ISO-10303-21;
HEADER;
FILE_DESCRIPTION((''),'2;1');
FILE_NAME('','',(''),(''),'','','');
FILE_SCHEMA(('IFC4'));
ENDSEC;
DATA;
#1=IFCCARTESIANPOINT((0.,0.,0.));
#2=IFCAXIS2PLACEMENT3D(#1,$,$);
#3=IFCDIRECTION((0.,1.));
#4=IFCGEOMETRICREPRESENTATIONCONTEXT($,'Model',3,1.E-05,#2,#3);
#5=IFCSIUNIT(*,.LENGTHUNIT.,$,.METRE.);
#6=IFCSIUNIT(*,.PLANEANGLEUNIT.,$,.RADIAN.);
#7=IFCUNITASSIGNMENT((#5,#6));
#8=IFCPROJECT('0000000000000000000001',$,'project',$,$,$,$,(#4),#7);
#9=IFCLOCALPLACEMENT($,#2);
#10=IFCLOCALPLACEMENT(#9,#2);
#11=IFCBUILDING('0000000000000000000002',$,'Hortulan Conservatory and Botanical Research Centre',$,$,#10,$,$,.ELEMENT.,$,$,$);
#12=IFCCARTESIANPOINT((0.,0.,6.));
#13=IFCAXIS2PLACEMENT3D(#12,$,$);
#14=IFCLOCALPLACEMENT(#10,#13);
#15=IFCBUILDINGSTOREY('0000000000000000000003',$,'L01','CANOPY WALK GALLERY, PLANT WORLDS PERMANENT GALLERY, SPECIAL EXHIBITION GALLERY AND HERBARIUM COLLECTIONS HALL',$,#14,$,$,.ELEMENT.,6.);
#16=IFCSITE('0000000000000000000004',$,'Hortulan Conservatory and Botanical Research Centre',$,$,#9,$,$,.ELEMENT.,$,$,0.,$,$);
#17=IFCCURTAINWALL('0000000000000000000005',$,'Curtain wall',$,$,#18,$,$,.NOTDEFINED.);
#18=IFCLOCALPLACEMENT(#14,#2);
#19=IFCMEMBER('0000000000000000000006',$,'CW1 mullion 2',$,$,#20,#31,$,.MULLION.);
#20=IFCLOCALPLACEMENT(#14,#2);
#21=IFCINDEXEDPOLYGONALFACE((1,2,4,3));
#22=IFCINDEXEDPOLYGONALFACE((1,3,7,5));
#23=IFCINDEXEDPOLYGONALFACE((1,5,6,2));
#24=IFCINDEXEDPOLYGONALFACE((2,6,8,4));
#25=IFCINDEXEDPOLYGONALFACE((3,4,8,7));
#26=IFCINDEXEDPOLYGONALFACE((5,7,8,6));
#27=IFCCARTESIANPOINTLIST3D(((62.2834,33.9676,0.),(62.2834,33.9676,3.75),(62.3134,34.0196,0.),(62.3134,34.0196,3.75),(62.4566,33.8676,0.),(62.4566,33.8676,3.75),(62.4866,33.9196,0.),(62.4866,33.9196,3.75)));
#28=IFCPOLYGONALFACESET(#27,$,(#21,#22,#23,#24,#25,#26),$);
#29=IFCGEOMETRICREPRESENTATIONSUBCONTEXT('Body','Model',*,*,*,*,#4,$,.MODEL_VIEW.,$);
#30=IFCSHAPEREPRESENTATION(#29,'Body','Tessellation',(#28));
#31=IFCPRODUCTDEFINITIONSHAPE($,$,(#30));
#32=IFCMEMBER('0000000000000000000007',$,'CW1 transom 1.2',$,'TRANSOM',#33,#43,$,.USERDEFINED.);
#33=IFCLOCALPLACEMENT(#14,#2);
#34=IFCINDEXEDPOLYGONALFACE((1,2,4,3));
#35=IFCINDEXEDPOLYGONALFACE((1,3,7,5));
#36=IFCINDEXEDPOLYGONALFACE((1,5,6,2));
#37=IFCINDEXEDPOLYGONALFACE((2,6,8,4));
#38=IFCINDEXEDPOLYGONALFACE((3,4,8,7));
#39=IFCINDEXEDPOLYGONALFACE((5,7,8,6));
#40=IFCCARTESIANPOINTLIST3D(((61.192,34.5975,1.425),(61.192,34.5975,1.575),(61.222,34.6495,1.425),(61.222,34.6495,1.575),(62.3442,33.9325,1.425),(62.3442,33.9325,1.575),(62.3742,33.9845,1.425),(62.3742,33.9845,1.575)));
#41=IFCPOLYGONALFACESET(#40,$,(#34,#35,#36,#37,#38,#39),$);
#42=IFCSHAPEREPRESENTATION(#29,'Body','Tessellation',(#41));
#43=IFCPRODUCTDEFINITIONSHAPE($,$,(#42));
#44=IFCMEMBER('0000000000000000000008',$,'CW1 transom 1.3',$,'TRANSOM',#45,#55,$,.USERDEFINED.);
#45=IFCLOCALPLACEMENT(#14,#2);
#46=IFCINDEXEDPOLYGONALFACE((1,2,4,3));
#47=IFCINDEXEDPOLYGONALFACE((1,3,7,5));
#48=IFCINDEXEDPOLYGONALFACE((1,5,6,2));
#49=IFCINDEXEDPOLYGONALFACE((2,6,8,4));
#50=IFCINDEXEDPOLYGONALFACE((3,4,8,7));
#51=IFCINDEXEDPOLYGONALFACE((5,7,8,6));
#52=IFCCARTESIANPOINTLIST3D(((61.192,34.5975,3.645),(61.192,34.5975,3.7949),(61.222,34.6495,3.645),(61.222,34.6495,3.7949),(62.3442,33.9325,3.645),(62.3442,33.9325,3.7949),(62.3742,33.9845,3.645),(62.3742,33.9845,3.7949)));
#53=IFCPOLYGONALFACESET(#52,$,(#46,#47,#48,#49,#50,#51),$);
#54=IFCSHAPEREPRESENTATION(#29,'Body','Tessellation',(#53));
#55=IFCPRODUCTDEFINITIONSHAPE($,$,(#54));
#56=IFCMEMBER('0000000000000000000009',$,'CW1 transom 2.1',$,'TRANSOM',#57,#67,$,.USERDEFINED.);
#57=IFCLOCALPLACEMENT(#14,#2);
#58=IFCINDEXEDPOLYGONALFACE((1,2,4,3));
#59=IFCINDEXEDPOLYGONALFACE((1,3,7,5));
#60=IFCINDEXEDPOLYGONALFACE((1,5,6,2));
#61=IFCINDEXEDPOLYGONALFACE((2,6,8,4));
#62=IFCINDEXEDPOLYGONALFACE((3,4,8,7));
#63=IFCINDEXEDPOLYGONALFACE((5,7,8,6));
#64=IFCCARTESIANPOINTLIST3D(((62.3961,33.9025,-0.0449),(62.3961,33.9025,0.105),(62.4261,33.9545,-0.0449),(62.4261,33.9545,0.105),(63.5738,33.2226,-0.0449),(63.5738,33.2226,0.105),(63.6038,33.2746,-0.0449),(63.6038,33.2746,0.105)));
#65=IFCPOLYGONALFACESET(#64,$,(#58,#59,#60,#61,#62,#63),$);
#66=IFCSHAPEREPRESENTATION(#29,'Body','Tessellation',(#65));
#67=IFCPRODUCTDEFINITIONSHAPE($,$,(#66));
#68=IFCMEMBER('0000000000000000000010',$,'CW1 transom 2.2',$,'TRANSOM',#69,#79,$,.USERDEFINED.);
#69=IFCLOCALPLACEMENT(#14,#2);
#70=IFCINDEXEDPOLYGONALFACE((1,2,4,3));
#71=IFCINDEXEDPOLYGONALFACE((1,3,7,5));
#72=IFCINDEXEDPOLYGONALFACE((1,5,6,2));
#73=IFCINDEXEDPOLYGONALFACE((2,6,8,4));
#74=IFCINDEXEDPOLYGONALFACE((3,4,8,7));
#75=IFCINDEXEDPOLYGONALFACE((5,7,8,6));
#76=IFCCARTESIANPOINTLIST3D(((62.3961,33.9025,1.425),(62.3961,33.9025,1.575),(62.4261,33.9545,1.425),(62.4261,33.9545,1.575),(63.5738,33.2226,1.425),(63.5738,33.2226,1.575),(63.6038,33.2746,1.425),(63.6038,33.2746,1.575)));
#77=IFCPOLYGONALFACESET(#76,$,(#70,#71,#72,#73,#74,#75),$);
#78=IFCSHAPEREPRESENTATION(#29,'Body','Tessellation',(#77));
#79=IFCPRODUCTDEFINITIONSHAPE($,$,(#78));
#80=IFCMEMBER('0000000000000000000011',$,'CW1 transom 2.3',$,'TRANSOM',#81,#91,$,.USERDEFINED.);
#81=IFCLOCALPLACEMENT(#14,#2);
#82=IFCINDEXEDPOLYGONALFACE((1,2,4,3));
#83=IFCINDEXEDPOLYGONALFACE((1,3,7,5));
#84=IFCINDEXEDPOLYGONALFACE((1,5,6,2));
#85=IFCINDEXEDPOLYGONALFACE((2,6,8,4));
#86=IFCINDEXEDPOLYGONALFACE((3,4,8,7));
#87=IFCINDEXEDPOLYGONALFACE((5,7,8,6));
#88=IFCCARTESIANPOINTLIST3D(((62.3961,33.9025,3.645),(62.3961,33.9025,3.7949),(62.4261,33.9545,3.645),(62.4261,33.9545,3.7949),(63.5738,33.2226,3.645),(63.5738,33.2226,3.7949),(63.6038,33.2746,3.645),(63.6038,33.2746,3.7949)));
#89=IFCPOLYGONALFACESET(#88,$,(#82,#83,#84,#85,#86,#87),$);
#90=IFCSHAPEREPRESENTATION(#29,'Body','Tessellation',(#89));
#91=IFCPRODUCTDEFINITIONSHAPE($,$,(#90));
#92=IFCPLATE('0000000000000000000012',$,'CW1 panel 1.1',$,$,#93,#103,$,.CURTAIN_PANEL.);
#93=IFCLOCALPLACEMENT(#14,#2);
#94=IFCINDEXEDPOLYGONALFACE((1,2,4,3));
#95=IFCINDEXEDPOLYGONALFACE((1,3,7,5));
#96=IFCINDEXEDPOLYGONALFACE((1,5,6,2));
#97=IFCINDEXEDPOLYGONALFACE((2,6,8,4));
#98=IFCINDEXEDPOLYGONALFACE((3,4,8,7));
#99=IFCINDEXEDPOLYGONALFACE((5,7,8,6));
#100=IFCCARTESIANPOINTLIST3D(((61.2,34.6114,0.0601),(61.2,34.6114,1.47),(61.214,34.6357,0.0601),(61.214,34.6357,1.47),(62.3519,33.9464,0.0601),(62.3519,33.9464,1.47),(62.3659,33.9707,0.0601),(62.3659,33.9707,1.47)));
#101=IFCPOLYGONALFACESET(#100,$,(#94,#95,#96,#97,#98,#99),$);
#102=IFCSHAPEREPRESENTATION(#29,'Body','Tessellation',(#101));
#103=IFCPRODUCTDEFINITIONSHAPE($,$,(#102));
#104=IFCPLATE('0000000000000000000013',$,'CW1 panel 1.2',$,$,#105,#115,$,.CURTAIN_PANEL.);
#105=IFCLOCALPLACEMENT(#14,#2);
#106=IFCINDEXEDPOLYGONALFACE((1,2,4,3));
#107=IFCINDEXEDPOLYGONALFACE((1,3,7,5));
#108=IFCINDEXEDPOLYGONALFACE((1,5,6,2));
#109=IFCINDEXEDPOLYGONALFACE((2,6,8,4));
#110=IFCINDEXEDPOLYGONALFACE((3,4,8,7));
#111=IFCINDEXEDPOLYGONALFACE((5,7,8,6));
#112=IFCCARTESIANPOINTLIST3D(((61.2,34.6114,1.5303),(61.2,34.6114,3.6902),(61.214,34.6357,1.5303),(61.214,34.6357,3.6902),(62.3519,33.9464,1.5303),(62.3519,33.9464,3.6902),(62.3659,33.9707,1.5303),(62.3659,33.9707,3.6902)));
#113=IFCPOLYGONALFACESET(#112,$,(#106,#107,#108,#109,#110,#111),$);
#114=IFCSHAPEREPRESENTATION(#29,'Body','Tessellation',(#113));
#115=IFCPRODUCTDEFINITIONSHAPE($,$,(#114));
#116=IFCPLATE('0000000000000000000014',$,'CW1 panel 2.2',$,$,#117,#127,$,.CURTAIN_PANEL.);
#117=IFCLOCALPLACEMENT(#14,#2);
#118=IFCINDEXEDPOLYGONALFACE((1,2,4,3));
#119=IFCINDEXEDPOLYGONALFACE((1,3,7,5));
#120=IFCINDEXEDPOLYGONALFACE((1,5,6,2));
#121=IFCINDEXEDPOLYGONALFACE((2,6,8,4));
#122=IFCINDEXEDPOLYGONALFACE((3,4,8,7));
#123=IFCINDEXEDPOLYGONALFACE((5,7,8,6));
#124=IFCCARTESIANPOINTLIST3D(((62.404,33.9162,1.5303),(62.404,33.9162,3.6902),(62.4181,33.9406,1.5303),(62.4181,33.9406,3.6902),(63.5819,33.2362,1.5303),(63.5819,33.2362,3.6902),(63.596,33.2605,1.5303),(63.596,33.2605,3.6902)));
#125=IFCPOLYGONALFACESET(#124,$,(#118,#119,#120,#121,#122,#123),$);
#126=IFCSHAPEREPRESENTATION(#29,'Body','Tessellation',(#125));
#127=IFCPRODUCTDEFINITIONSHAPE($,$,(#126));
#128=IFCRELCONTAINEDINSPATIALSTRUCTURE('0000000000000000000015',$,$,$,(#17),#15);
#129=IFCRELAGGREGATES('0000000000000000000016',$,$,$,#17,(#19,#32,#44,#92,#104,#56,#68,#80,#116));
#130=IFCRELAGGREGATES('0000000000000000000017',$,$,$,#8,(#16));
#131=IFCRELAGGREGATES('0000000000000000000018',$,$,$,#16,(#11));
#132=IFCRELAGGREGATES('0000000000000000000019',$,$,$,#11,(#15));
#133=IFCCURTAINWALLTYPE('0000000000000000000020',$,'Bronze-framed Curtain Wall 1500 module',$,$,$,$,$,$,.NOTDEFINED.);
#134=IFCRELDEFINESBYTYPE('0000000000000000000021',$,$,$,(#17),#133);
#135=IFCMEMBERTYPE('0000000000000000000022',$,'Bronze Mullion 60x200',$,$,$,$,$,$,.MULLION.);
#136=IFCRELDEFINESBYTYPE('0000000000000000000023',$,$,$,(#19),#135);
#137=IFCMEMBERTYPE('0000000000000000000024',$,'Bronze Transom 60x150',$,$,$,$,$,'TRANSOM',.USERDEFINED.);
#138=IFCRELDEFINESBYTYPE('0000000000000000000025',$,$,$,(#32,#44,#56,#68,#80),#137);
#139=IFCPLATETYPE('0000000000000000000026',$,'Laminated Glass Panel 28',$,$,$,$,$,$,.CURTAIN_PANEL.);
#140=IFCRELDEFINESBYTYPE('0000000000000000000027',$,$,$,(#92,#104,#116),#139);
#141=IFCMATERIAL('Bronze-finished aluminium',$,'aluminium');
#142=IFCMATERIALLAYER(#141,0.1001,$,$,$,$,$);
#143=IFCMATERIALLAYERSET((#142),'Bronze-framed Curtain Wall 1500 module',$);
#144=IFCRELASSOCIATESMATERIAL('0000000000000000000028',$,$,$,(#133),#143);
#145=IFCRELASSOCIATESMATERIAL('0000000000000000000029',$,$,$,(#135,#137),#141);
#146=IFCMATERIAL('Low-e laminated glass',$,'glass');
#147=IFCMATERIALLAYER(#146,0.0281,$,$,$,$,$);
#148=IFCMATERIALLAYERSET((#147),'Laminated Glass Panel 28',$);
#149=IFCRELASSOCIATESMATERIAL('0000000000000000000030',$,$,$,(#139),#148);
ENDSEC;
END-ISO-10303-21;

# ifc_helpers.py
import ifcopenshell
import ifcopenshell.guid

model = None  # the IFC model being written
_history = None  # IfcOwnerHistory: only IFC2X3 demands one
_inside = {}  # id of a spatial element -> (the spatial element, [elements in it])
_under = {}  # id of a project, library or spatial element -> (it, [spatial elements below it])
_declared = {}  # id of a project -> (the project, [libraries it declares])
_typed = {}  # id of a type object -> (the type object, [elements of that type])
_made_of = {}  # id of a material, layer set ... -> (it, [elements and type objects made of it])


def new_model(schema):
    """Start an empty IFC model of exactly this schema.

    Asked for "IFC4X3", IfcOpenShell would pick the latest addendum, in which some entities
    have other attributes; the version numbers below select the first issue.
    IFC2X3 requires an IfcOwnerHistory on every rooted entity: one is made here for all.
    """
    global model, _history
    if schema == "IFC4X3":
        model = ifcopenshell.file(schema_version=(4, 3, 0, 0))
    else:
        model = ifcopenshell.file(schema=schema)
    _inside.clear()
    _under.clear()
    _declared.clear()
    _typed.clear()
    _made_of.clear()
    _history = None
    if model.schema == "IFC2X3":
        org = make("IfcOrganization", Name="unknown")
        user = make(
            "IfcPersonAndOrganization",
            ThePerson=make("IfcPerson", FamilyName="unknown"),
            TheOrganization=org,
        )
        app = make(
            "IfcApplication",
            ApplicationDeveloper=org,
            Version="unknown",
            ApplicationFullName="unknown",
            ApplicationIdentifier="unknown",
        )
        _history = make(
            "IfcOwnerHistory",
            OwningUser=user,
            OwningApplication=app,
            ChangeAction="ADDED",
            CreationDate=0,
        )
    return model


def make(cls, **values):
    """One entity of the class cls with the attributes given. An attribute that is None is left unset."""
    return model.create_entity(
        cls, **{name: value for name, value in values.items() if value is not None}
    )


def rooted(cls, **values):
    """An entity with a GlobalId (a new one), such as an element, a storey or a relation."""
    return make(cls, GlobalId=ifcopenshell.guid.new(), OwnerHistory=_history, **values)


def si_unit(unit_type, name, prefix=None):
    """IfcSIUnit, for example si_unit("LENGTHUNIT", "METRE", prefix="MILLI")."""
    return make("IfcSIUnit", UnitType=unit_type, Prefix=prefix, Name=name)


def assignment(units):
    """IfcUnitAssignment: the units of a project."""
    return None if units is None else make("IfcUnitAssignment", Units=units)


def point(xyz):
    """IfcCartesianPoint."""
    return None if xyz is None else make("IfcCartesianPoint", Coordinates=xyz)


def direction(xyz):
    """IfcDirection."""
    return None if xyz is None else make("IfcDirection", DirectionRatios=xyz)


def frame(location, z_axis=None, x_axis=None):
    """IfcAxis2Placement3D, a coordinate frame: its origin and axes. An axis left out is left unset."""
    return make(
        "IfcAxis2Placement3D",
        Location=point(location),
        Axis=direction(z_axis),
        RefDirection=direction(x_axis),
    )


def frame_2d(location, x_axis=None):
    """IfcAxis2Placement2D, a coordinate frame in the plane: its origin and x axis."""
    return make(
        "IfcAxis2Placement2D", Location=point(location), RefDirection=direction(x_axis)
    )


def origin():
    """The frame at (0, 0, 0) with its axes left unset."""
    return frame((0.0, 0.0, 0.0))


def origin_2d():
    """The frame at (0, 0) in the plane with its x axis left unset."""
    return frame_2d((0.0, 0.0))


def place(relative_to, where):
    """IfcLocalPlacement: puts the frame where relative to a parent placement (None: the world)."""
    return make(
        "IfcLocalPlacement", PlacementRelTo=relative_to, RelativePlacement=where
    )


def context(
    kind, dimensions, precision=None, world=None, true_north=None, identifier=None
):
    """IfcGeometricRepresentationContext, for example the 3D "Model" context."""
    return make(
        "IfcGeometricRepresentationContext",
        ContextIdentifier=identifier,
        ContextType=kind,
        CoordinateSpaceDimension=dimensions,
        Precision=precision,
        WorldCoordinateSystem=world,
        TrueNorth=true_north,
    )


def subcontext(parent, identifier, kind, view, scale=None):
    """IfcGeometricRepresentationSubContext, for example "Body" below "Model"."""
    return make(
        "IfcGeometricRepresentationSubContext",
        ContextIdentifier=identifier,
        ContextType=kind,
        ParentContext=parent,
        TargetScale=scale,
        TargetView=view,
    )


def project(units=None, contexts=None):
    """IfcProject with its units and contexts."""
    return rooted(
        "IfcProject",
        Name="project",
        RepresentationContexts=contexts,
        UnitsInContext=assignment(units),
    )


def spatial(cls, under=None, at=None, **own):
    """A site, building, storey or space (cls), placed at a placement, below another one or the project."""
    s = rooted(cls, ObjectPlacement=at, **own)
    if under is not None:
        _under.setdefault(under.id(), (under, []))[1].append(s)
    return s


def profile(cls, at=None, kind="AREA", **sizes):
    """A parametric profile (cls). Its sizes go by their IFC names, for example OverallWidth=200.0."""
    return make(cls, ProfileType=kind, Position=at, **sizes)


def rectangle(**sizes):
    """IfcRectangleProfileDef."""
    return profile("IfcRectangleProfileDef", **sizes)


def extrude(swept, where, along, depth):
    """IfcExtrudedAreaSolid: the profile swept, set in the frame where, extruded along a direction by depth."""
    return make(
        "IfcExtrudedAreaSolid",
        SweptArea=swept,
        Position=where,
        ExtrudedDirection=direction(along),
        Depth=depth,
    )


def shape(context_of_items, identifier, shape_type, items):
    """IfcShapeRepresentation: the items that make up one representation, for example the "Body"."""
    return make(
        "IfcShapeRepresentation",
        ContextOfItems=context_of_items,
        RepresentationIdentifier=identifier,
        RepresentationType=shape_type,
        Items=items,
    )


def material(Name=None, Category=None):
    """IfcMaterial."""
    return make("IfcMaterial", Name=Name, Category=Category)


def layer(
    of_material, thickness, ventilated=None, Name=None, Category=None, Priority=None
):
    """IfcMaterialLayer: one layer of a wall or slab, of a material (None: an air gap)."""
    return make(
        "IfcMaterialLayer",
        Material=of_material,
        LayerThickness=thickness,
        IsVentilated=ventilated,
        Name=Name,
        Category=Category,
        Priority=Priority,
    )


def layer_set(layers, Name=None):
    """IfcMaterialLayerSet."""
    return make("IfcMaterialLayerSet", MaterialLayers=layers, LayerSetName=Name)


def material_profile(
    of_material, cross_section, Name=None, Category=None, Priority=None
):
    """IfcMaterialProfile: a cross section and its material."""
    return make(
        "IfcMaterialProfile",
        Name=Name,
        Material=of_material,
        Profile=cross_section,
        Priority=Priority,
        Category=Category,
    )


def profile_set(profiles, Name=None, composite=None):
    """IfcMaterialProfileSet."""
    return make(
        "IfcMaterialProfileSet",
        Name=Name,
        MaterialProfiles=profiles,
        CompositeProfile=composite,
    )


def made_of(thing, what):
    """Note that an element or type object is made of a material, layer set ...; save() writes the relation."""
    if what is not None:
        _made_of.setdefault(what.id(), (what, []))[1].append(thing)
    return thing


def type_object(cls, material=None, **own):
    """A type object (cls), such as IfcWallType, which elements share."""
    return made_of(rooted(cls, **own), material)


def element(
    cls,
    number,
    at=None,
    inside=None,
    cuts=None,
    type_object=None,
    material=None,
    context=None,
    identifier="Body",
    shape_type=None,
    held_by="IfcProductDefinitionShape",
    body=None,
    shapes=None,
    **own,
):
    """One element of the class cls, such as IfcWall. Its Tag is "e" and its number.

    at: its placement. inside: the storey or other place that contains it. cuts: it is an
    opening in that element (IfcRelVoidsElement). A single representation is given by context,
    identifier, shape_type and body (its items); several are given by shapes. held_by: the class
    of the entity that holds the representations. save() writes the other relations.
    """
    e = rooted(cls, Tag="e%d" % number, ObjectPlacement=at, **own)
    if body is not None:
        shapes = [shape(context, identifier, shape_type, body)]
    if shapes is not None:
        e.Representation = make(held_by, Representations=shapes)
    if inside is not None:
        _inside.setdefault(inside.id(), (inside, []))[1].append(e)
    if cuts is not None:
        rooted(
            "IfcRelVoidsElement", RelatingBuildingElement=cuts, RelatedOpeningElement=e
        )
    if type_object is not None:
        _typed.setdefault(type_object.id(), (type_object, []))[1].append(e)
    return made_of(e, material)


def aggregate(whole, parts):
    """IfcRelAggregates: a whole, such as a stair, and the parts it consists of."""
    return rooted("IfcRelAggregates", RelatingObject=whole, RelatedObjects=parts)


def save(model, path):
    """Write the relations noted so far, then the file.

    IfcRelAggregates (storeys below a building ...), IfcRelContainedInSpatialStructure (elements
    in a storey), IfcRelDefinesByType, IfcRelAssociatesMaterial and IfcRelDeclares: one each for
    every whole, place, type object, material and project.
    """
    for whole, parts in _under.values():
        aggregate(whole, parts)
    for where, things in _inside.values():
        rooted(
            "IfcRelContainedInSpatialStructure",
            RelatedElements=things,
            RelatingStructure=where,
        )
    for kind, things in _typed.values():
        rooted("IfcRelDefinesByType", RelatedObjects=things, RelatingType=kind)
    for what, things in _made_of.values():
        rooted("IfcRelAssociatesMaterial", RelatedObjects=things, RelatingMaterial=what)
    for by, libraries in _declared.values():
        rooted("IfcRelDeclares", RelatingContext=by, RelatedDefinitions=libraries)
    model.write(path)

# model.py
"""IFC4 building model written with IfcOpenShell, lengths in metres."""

from ifc_helpers import new_model, si_unit, direction, frame, origin, origin_2d, place, context, subcontext, project, spatial, rectangle, extrude, material, layer, layer_set, material_profile, profile_set, type_object, element, aggregate, save


model = new_model("IFC4")

# Units and contexts
model_context = context("Model", 3, precision=1e-05, world=origin(), true_north=direction((0.0, 1.0)))
body_context = subcontext(model_context, "Body", "Model", "MODEL_VIEW")
ifc_project = project(units=[si_unit("LENGTHUNIT", "METRE"), si_unit("PLANEANGLEUNIT", "RADIAN")], contexts=[model_context])

# Site, building, storey
site_placement = place(None, origin())
site = spatial("IfcSite", under=ifc_project, at=site_placement, Name="Hortulan Conservatory and Botanical Research Centre", CompositionType="ELEMENT", RefElevation=0.0)
building_placement = place(site_placement, origin())
building = spatial("IfcBuilding", under=site, at=building_placement, Name="Hortulan Conservatory and Botanical Research Centre", CompositionType="ELEMENT")
storey_placement = place(building_placement, frame((0.0, 0.0, 6.0)))
storey = spatial("IfcBuildingStorey", under=building, at=storey_placement, Name="L01", Description="CANOPY WALK GALLERY, PLANT WORLDS PERMANENT GALLERY, SPECIAL EXHIBITION GALLERY AND HERBARIUM COLLECTIONS HALL", CompositionType="ELEMENT", Elevation=6.0)

# Curtain wall, members, plates
ifc_material_1 = material(Name="Bronze-finished aluminium", Category="aluminium")
ifc_layer_1 = layer(ifc_material_1, 0.1001)
ifc_layer_set_1 = layer_set([ifc_layer_1], Name="Bronze-framed Curtain Wall 1500 module")
curtain_wall_type = type_object("IfcCurtainWallType", Name="Bronze-framed Curtain Wall 1500 module", PredefinedType="NOTDEFINED", material=ifc_layer_set_1)
curtain_wall_placement = place(storey_placement, origin())
curtain_wall = element("IfcCurtainWall", 1, at=curtain_wall_placement, inside=storey, type_object=curtain_wall_type, Name="Curtain wall", PredefinedType="NOTDEFINED")
ifc_material_profile_1 = material_profile(ifc_material_1, rectangle(XDim=0.0601, YDim=0.2, at=origin_2d()), Name="Bronze Mullion 60x200")
ifc_profile_set_1 = profile_set([ifc_material_profile_1], Name="Bronze-finished aluminium")
member_type_1 = type_object("IfcMemberType", Name="Bronze Mullion 60x200", PredefinedType="MULLION", material=ifc_profile_set_1)
member_1_placement = place(storey_placement, frame((62.385, 33.9436, 0.0), z_axis=(0.0, 0.0, 1.0), x_axis=(0.499981, 0.866036, 0.0)))
member_1 = element("IfcMember", 2, at=member_1_placement, type_object=member_type_1, Name="CW1 mullion 2", PredefinedType="MULLION", context=body_context, shape_type="SweptSolid", body=[
    extrude(rectangle(XDim=0.0601, YDim=0.2, at=origin_2d()), origin(), (0.0, 0.0, 1.0), 3.75),
])
ifc_material_profile_2 = material_profile(ifc_material_1, rectangle(XDim=0.0601, YDim=0.1499, at=origin_2d()), Name="Bronze Transom 60x150")
ifc_profile_set_2 = profile_set([ifc_material_profile_2], Name="Bronze-finished aluminium")
member_type_2 = type_object("IfcMemberType", Name="Bronze Transom 60x150", ElementType="TRANSOM", PredefinedType="USERDEFINED", material=ifc_profile_set_2)
member_2_placement = place(storey_placement, frame((61.207, 34.6235, 1.5), z_axis=(0.866066, -0.499929, 0.0), x_axis=(0.499929, 0.866066, 0.0)))
member_2 = element("IfcMember", 3, at=member_2_placement, type_object=member_type_2, Name="CW1 transom 1.2", ObjectType="TRANSOM", PredefinedType="USERDEFINED", context=body_context, shape_type="SweptSolid", body=[
    extrude(rectangle(XDim=0.0601, YDim=0.1499, at=origin_2d()), origin(), (0.0, 0.0, 1.0), 1.3303),
])
member_3_placement = place(storey_placement, frame((61.207, 34.6235, 3.72), z_axis=(0.866066, -0.499929, 0.0), x_axis=(0.499929, 0.866066, 0.0)))
member_3 = element("IfcMember", 4, at=member_3_placement, type_object=member_type_2, Name="CW1 transom 1.3", ObjectType="TRANSOM", PredefinedType="USERDEFINED", context=body_context, shape_type="SweptSolid", body=[
    extrude(rectangle(XDim=0.0601, YDim=0.1499, at=origin_2d()), origin(), (0.0, 0.0, 1.0), 1.3303),
])
member_4_placement = place(storey_placement, frame((62.4111, 33.9285, 0.03), z_axis=(0.866036, -0.499981, 0.0), x_axis=(0.499981, 0.866036, 0.0)))
member_4 = element("IfcMember", 5, at=member_4_placement, type_object=member_type_2, Name="CW1 transom 2.1", ObjectType="TRANSOM", PredefinedType="USERDEFINED", context=body_context, shape_type="SweptSolid", body=[
    extrude(rectangle(XDim=0.0601, YDim=0.1499, at=origin_2d()), origin(), (0.0, 0.0, 1.0), 1.3599),
])
member_5_placement = place(storey_placement, frame((62.4111, 33.9285, 1.5), z_axis=(0.866036, -0.499981, 0.0), x_axis=(0.499981, 0.866036, 0.0)))
member_5 = element("IfcMember", 6, at=member_5_placement, type_object=member_type_2, Name="CW1 transom 2.2", ObjectType="TRANSOM", PredefinedType="USERDEFINED", context=body_context, shape_type="SweptSolid", body=[
    extrude(rectangle(XDim=0.0601, YDim=0.1499, at=origin_2d()), origin(), (0.0, 0.0, 1.0), 1.3599),
])
member_6_placement = place(storey_placement, frame((62.4111, 33.9285, 3.72), z_axis=(0.866036, -0.499981, 0.0), x_axis=(0.499981, 0.866036, 0.0)))
member_6 = element("IfcMember", 7, at=member_6_placement, type_object=member_type_2, Name="CW1 transom 2.3", ObjectType="TRANSOM", PredefinedType="USERDEFINED", context=body_context, shape_type="SweptSolid", body=[
    extrude(rectangle(XDim=0.0601, YDim=0.1499, at=origin_2d()), origin(), (0.0, 0.0, 1.0), 1.3599),
])
ifc_material_2 = material(Name="Low-e laminated glass", Category="glass")
ifc_layer_2 = layer(ifc_material_2, 0.0281)
ifc_layer_set_2 = layer_set([ifc_layer_2], Name="Laminated Glass Panel 28")
plate_type = type_object("IfcPlateType", Name="Laminated Glass Panel 28", PredefinedType="CURTAIN_PANEL", material=ifc_layer_set_2)
plate_1_placement = place(storey_placement, frame((61.783, 34.291, 0.0601), z_axis=(0.0, 0.0, 1.0), x_axis=(0.866036, -0.499981, 0.0)))
plate_1 = element("IfcPlate", 8, at=plate_1_placement, type_object=plate_type, Name="CW1 panel 1.1", PredefinedType="CURTAIN_PANEL", context=body_context, shape_type="SweptSolid", body=[
    extrude(rectangle(XDim=1.3301, YDim=0.0281, at=origin_2d()), origin(), (0.0, 0.0, 1.0), 1.4099),
])
plate_2_placement = place(storey_placement, frame((61.783, 34.291, 1.5303), z_axis=(0.0, 0.0, 1.0), x_axis=(0.866036, -0.499981, 0.0)))
plate_2 = element("IfcPlate", 9, at=plate_2_placement, type_object=plate_type, Name="CW1 panel 1.2", PredefinedType="CURTAIN_PANEL", context=body_context, shape_type="SweptSolid", body=[
    extrude(rectangle(XDim=1.3301, YDim=0.0281, at=origin_2d()), origin(), (0.0, 0.0, 1.0), 2.1599),
])
plate_3_placement = place(storey_placement, frame((63.0, 33.5884, 1.5303), z_axis=(0.0, 0.0, 1.0), x_axis=(0.866036, -0.499981, 0.0)))
plate_3 = element("IfcPlate", 10, at=plate_3_placement, type_object=plate_type, Name="CW1 panel 2.2", PredefinedType="CURTAIN_PANEL", context=body_context, shape_type="SweptSolid", body=[
    extrude(rectangle(XDim=1.3601, YDim=0.0281, at=origin_2d()), origin(), (0.0, 0.0, 1.0), 2.1599),
])
aggregate(curtain_wall, [member_1, member_2, member_3, plate_1, plate_2, member_4, member_5, member_6, plate_3])

save(model, "model.ifc")
